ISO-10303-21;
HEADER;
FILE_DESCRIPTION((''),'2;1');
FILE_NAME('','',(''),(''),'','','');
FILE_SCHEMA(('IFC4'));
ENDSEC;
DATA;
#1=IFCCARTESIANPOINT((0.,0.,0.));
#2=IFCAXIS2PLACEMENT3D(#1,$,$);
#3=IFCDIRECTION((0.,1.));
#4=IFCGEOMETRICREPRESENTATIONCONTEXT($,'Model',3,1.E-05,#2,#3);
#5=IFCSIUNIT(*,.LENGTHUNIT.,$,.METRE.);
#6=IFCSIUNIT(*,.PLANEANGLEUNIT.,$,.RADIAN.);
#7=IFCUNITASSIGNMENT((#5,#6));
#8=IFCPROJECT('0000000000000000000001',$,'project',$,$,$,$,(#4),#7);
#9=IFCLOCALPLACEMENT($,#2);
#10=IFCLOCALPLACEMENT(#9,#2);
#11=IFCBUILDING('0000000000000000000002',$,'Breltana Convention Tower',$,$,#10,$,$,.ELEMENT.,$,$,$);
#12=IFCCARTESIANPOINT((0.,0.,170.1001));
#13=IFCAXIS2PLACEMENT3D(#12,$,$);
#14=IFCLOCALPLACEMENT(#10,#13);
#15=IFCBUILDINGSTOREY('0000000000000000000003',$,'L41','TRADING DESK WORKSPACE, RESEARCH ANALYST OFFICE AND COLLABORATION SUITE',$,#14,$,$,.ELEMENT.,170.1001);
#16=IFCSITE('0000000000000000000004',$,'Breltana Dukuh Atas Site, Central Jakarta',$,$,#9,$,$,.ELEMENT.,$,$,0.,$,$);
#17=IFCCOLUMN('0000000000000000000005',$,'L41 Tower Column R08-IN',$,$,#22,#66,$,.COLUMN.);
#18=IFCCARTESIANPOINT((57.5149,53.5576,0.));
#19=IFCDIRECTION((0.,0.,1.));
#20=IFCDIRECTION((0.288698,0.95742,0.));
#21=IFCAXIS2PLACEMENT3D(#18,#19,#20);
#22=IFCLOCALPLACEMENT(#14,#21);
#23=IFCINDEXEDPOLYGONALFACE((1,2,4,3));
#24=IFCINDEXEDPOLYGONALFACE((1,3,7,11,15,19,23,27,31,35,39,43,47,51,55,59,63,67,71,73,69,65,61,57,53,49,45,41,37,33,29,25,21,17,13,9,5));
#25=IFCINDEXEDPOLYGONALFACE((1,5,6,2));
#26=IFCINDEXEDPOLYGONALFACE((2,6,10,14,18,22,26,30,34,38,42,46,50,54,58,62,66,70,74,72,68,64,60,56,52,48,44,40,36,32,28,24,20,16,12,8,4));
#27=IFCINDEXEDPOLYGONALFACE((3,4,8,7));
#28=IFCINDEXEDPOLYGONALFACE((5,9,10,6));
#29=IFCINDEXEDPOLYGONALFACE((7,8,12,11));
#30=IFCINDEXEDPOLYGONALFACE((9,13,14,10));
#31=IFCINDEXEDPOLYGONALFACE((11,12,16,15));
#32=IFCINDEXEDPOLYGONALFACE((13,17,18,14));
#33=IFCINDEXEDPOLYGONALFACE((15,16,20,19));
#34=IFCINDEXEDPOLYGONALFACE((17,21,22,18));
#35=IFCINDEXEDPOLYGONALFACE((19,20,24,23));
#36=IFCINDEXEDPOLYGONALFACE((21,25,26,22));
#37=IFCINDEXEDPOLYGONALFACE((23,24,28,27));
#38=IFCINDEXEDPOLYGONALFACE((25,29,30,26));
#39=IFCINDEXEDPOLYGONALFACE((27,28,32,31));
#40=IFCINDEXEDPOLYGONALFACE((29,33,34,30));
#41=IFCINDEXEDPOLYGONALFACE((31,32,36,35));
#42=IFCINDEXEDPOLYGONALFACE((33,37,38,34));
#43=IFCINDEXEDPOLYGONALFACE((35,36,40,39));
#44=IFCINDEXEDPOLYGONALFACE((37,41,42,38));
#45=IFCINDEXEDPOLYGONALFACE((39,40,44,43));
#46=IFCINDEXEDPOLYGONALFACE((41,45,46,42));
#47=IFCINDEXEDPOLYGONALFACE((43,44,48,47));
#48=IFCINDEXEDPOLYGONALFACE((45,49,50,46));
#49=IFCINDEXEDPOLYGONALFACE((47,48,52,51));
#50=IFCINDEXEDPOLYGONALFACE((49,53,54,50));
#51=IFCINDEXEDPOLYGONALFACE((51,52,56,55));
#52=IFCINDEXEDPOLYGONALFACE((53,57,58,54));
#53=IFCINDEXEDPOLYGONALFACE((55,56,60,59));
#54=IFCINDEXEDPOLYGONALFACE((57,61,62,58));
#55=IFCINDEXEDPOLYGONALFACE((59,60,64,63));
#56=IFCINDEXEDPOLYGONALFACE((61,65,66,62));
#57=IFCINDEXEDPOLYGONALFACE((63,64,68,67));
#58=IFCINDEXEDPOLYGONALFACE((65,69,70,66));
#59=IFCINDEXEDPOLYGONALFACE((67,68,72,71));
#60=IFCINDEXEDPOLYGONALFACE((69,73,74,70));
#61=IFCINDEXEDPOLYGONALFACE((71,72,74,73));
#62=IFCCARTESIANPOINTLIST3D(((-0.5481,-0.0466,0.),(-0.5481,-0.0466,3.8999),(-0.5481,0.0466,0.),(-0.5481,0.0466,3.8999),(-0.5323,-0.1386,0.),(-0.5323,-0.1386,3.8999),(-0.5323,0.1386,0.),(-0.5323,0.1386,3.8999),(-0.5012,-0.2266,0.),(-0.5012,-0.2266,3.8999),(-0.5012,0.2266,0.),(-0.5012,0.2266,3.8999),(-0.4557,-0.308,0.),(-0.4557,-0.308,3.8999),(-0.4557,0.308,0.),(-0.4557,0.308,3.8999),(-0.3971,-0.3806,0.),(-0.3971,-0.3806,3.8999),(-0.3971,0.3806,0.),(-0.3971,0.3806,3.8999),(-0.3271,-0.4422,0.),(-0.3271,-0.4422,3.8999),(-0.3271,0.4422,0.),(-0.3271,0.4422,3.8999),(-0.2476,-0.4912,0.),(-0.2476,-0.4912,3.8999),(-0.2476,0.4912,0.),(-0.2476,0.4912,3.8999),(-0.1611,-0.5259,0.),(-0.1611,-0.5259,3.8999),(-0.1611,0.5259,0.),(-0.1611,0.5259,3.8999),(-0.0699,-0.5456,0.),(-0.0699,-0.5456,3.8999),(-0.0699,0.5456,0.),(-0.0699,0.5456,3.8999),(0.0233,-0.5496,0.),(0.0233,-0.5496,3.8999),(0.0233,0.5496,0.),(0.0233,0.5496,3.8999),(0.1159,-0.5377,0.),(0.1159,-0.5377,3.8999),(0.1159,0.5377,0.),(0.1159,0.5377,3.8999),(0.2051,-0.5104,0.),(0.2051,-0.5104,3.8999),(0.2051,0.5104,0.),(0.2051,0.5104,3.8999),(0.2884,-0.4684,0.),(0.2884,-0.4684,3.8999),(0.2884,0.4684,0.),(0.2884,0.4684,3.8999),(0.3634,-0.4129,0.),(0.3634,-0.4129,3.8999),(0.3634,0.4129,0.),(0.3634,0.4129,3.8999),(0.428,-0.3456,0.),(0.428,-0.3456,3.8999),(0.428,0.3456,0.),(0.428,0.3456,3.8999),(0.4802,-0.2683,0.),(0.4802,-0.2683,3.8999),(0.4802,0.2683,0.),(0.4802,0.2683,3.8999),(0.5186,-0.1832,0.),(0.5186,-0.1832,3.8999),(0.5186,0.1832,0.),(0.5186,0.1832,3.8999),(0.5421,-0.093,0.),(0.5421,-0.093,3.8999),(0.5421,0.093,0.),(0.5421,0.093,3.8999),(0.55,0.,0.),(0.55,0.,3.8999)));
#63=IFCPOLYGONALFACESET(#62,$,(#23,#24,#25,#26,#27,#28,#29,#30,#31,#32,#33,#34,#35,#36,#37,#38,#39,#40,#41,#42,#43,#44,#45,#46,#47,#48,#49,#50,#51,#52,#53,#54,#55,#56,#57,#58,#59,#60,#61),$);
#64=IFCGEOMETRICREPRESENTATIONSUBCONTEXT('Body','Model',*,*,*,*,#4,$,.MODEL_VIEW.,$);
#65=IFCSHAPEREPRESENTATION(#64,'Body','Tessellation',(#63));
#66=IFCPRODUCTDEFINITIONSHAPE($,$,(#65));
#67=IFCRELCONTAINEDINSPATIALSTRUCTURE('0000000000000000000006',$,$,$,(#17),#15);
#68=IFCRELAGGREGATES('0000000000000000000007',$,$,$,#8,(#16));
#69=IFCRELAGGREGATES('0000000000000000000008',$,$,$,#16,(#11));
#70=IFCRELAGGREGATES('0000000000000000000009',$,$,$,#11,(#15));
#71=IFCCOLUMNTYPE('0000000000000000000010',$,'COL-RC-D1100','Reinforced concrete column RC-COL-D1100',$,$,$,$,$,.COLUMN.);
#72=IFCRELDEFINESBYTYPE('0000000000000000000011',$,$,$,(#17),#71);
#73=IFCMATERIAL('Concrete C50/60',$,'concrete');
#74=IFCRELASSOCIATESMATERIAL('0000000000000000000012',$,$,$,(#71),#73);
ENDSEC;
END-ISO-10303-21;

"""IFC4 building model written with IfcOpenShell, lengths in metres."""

from ifc_helpers import new_model, si_unit, direction, frame, origin, origin_2d, place, context, subcontext, project, spatial, circle, extrude, source, transform, mapped, material, material_profile, profile_set, type_object, element, save


model = new_model("IFC4")

# Units and contexts
model_context = context("Model", 3, precision=1e-05, world=origin(), true_north=direction((0.0, 1.0)))
body_context = subcontext(model_context, "Body", "Model", "MODEL_VIEW")
ifc_project = project(units=[si_unit("LENGTHUNIT", "METRE"), si_unit("PLANEANGLEUNIT", "RADIAN")], contexts=[model_context])

# Site, building, storey
site_placement = place(None, origin())
site = spatial("IfcSite", under=ifc_project, at=site_placement, Name="Breltana Dukuh Atas Site, Central Jakarta", CompositionType="ELEMENT", RefElevation=0.0)
building_placement = place(site_placement, origin())
building = spatial("IfcBuilding", under=site, at=building_placement, Name="Breltana Convention Tower", CompositionType="ELEMENT")
storey_placement = place(building_placement, frame((0.0, 0.0, 170.1001)))
storey = spatial("IfcBuildingStorey", under=building, at=storey_placement, Name="L41", Description="TRADING DESK WORKSPACE, RESEARCH ANALYST OFFICE AND COLLABORATION SUITE", CompositionType="ELEMENT", Elevation=170.1001)

# Column
ifc_material_1 = material(Name="Concrete C50/60", Category="concrete")
ifc_material_profile_1 = material_profile(ifc_material_1, circle(Radius=0.55, at=origin_2d()), Name="RC-COL-D1100")
ifc_profile_set_1 = profile_set([ifc_material_profile_1], Name="Concrete C50/60")
column_type = type_object("IfcColumnType", Name="COL-RC-D1100", Description="Reinforced concrete column RC-COL-D1100", PredefinedType="COLUMN", material=ifc_profile_set_1)
shared_shape_1 = source(origin(), body_context, "Body", "SweptSolid", [
    extrude(circle(Radius=0.55, at=origin_2d()), origin(), (0.0, 0.0, 1.0), 3.8999),
])
for number, where, z_axis, x_axis, name in (
    (1, (57.5149, 53.5576, 0.0), (0.0, 0.0, 1.0), (0.288698, 0.95742, 0.0), "L41 Tower Column R08-IN"),
):
    element("IfcColumn", number, at=place(storey_placement, frame(where, z_axis=z_axis, x_axis=x_axis)), inside=storey, type_object=column_type, Name=name, PredefinedType="COLUMN", context=body_context, shape_type="MappedRepresentation", body=[
        mapped(shared_shape_1, transform((0.0, 0.0, 0.0), scale=1.0)),
    ])

save(model, "model.ifc")
